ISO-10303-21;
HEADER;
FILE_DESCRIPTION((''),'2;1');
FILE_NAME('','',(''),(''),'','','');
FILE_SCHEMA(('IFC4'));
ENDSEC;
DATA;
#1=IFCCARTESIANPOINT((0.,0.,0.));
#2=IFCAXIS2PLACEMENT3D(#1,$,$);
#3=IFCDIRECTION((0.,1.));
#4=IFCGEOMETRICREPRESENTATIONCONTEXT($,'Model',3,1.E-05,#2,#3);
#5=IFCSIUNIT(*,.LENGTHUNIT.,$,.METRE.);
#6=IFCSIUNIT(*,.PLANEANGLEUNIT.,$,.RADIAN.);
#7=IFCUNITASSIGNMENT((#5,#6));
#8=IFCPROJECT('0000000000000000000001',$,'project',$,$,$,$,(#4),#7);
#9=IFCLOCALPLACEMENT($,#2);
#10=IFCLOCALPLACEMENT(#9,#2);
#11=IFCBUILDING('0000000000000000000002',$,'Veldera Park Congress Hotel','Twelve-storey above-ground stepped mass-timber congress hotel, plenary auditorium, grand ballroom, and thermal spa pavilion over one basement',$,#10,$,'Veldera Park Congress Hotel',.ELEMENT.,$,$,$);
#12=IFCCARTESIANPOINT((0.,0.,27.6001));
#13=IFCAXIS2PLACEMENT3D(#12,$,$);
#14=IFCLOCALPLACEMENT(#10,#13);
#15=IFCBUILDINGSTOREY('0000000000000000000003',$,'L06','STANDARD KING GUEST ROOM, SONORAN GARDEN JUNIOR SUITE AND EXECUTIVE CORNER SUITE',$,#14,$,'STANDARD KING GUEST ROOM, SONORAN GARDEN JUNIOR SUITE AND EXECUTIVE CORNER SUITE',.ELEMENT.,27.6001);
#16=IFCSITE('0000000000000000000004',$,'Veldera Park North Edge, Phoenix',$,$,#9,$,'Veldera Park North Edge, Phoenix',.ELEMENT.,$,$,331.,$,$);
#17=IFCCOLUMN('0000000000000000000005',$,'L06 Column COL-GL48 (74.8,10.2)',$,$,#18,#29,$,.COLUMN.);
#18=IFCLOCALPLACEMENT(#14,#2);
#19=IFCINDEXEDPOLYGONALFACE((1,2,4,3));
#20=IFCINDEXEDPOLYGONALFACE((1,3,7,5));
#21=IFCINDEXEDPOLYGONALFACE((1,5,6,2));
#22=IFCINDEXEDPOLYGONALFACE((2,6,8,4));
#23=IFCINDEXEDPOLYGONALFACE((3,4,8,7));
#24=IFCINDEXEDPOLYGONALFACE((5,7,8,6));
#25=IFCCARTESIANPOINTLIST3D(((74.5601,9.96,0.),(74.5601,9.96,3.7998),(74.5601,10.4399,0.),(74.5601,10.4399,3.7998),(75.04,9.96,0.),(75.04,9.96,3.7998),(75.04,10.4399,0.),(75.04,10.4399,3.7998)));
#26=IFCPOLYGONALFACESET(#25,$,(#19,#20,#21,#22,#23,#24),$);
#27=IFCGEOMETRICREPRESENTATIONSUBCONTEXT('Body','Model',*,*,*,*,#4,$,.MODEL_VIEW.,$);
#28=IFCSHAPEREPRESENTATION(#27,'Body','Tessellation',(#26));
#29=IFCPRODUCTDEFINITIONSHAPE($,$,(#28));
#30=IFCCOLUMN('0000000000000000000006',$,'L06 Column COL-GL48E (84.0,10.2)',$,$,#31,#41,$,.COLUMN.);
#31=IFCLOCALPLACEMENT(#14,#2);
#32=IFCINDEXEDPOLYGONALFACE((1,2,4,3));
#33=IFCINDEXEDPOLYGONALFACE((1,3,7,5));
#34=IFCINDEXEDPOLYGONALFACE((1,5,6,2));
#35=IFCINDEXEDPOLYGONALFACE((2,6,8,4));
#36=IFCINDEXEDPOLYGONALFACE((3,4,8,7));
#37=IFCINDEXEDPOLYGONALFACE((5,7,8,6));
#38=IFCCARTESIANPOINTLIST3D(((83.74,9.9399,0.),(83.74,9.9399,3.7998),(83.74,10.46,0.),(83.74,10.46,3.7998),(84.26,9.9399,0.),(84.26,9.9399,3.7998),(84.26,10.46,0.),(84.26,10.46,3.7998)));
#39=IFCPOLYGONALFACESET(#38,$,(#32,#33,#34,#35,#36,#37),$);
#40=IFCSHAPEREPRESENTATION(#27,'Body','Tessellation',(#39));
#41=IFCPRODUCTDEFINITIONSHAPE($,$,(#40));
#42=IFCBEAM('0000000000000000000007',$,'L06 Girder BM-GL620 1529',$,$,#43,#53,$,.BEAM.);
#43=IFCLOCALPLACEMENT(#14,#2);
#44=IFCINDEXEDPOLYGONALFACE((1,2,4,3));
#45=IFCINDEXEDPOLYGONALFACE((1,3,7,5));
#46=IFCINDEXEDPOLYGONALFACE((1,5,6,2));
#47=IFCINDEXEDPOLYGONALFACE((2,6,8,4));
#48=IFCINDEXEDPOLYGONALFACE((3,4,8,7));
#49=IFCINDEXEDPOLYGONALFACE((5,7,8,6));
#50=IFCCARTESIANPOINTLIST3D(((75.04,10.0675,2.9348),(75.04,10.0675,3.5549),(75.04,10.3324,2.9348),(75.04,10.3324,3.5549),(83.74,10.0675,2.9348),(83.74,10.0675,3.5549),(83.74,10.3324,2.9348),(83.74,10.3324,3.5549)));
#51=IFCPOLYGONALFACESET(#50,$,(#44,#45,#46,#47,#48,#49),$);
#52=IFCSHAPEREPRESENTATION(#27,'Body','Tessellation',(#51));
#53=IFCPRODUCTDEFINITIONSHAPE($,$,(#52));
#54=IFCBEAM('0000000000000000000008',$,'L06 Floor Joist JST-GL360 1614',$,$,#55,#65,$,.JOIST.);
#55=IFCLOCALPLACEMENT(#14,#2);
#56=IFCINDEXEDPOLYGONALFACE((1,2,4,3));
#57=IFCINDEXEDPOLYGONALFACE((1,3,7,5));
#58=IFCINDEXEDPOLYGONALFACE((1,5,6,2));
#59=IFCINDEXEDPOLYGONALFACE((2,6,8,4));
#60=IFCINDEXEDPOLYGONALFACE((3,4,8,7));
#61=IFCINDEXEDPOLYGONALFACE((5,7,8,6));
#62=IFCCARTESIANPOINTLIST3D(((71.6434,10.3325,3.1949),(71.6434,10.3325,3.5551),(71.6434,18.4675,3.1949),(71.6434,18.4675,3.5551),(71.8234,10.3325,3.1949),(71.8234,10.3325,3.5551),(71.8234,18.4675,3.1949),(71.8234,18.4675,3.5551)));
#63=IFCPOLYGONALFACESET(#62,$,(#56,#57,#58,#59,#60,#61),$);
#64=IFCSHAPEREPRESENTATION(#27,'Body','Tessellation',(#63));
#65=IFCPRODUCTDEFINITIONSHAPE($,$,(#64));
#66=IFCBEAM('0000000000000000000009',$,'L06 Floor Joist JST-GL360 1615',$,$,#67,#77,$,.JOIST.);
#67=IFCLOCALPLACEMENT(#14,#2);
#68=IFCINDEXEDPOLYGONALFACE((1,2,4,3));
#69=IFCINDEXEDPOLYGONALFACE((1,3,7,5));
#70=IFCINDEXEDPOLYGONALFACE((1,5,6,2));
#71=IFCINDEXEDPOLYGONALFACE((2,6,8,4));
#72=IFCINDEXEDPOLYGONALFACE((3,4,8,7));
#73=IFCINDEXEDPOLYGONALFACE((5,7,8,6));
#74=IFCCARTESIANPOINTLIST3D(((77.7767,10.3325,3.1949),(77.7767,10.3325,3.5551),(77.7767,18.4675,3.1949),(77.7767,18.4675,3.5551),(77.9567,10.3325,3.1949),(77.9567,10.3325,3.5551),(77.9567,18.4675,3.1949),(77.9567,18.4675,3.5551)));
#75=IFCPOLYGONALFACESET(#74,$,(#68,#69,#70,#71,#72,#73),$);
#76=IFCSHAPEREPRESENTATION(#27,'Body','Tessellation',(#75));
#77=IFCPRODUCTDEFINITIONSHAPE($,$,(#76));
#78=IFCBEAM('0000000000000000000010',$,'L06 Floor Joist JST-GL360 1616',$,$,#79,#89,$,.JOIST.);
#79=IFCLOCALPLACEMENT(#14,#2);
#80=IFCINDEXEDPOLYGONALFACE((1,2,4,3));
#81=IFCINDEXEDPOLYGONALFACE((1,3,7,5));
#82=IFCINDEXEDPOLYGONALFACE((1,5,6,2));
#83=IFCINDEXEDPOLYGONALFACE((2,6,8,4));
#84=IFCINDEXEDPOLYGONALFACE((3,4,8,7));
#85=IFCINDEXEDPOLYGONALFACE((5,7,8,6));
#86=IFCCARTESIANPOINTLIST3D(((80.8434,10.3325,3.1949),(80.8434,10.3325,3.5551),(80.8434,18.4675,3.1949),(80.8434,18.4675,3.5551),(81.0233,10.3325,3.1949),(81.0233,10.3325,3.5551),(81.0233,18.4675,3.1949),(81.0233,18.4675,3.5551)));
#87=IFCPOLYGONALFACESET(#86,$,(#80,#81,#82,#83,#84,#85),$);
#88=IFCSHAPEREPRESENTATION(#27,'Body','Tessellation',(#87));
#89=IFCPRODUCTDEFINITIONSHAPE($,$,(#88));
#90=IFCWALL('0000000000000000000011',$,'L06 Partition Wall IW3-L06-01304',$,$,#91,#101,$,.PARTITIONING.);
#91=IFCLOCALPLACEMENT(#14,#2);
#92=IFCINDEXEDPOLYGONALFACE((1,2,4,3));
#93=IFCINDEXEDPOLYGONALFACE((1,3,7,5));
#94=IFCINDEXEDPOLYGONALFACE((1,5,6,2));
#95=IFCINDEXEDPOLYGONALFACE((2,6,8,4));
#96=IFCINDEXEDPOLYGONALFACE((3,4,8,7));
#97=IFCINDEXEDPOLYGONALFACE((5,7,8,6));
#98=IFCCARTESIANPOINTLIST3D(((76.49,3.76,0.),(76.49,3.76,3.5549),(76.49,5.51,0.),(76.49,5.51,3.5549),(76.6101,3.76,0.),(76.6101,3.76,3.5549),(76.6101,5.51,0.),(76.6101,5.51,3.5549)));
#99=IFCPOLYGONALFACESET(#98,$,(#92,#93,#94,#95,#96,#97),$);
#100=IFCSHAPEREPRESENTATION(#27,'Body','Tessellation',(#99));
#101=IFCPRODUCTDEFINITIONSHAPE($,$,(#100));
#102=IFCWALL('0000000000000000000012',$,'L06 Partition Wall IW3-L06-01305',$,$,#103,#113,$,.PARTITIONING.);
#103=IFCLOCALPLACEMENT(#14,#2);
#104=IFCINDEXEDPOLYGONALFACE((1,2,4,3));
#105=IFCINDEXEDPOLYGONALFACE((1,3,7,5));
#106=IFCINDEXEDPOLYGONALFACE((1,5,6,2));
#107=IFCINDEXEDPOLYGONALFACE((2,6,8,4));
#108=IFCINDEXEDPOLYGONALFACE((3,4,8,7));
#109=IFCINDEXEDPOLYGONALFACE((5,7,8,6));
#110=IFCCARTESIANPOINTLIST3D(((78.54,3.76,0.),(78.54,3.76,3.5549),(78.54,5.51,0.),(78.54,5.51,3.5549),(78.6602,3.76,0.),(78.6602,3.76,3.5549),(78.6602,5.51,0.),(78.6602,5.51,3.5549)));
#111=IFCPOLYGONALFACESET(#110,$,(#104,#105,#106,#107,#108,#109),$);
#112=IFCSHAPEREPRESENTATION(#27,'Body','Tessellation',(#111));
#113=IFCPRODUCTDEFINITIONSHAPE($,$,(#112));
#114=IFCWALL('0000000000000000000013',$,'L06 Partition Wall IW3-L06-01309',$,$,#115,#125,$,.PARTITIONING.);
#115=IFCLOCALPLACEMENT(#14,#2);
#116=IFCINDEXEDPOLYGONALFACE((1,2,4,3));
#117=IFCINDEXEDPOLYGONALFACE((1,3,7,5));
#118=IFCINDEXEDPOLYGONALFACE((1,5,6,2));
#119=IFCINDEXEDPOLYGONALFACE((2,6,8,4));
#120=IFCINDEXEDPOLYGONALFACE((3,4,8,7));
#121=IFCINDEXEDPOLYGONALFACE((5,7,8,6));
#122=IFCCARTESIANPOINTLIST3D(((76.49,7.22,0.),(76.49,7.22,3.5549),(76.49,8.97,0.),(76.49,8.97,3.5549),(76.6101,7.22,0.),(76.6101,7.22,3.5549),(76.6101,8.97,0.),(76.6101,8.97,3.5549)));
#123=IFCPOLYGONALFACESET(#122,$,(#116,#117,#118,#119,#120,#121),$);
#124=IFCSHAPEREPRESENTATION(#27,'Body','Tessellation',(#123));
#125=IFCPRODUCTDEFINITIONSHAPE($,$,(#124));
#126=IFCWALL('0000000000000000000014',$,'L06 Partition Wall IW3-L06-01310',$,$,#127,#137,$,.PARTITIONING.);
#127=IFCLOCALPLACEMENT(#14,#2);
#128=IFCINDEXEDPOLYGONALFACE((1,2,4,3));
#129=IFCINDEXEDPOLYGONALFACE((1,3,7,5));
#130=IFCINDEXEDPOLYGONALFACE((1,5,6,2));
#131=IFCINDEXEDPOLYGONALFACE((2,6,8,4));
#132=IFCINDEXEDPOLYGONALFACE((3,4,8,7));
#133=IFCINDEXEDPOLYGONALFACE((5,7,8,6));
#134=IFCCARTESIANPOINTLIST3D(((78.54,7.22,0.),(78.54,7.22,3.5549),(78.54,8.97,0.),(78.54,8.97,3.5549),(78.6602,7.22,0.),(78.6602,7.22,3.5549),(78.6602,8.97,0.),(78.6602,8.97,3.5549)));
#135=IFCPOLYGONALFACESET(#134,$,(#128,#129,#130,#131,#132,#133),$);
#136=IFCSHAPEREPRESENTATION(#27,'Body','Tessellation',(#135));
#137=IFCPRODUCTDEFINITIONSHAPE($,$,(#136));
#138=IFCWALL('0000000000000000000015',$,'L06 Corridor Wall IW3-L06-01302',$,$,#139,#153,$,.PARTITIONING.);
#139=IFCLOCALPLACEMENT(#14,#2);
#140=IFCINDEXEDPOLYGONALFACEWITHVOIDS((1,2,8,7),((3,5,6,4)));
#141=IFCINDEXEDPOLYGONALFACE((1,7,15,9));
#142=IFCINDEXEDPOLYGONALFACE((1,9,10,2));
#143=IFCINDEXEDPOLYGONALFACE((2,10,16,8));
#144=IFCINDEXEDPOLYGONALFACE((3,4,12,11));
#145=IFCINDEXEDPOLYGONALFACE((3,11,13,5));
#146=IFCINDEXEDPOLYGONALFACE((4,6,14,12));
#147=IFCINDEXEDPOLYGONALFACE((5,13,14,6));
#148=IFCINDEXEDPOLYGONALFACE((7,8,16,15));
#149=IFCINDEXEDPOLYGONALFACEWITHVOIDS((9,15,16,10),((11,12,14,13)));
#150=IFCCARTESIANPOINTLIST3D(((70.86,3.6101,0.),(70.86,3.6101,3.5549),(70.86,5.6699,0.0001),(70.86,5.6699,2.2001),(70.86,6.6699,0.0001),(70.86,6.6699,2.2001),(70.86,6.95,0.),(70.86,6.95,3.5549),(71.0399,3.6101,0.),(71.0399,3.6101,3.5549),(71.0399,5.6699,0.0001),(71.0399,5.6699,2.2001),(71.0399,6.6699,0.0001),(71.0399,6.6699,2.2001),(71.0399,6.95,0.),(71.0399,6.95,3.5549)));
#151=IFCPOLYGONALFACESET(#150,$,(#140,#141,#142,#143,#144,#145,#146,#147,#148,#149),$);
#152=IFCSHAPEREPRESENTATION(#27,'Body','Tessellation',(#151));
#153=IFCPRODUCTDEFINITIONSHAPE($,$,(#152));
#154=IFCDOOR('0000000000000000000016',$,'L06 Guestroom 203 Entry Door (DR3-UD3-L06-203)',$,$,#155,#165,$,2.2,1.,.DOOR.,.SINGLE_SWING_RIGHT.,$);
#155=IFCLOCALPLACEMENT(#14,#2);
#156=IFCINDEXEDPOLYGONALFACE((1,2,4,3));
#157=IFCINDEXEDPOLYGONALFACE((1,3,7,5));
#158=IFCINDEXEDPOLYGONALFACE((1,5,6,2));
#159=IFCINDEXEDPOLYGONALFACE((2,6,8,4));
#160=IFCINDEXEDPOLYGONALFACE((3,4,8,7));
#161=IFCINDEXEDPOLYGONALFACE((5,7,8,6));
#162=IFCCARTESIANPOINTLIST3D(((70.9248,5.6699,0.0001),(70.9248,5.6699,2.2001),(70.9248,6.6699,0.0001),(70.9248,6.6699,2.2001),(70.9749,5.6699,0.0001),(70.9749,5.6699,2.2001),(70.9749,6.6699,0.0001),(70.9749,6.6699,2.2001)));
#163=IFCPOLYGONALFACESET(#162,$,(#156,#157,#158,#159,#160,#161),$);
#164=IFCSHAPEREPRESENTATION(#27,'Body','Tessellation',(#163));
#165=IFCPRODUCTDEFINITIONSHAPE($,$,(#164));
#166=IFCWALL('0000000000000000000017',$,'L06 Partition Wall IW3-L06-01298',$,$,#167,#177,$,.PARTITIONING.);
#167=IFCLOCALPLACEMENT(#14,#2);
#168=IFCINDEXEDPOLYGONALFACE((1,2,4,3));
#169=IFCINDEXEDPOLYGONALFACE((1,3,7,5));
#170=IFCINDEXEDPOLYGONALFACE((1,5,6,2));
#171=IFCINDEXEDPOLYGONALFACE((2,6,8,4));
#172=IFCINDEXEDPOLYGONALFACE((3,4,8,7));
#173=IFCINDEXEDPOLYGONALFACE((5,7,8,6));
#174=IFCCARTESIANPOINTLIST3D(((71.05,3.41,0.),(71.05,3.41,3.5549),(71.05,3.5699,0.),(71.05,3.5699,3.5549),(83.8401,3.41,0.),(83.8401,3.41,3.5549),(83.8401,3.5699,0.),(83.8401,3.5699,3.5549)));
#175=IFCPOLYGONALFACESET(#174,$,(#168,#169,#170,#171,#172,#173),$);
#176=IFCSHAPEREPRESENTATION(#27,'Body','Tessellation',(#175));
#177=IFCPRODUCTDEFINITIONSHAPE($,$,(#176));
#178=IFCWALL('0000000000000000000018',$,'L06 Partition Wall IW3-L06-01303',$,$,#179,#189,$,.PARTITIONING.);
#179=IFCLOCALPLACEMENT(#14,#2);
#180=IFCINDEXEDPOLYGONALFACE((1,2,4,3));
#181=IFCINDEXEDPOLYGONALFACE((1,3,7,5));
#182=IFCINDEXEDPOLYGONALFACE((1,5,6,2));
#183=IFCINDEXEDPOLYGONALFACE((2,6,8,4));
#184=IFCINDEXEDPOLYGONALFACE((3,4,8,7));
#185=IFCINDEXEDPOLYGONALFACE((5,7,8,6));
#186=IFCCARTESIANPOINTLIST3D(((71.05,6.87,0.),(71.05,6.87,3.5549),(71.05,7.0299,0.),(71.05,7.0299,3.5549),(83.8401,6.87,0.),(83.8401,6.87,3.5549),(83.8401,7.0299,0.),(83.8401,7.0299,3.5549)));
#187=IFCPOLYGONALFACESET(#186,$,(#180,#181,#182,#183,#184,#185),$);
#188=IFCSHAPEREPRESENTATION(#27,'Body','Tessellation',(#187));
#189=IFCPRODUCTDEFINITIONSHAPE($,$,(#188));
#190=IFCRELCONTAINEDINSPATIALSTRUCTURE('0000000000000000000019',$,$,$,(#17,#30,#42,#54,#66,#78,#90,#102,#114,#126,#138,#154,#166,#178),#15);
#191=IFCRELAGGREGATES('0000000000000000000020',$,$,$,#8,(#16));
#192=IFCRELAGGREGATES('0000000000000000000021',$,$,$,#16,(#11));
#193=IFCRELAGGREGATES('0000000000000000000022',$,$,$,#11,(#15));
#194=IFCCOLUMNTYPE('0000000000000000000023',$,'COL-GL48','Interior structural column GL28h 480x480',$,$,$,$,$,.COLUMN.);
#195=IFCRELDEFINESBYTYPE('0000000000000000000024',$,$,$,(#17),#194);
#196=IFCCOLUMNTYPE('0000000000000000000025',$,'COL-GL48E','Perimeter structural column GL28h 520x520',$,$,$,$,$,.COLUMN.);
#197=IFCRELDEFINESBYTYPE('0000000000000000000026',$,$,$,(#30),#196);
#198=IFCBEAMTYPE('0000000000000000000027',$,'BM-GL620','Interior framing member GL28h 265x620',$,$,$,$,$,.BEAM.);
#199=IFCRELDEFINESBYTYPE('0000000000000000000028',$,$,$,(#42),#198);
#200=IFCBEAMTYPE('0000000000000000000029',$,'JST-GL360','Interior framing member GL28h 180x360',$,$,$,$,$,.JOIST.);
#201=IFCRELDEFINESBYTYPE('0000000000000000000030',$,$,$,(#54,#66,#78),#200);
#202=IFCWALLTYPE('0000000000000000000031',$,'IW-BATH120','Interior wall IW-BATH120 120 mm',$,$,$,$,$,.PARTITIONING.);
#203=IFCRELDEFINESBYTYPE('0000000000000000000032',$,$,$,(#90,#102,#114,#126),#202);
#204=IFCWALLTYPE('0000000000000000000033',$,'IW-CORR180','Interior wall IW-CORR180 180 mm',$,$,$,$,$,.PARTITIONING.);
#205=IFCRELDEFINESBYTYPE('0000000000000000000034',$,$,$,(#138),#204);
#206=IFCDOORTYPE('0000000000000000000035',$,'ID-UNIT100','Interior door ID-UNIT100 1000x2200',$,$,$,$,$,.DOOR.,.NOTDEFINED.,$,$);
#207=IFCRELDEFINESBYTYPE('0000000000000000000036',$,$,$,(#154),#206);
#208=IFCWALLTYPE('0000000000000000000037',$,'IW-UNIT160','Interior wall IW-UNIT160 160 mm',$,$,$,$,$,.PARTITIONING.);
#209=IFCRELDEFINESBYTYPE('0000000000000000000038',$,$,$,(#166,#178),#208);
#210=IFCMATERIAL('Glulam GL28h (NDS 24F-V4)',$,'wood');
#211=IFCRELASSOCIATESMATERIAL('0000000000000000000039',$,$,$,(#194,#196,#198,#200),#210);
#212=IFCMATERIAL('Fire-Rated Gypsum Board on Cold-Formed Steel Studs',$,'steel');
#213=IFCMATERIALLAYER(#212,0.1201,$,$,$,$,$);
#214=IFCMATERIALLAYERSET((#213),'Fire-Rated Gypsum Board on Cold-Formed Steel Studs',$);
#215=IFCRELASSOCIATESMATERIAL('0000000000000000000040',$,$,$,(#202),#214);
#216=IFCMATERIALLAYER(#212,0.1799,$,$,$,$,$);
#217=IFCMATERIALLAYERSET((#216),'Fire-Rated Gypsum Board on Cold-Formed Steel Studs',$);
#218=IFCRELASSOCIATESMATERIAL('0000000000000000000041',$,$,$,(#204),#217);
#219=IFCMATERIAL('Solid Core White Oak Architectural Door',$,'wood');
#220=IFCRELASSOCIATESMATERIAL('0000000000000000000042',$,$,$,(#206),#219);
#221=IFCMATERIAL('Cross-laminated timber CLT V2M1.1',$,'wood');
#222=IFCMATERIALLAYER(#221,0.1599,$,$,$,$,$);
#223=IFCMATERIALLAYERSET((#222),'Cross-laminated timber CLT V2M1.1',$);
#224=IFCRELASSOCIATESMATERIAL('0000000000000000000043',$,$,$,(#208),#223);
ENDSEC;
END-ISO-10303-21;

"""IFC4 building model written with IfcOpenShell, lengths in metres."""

from ifc_helpers import new_model, si_unit, direction, frame, frame_2d, origin, origin_2d, place, context, subcontext, project, spatial, rectangle, extrude, material, layer, layer_set, material_profile, profile_set, type_object, element, fill, save


model = new_model("IFC4")

# Units and contexts
model_context = context("Model", 3, precision=1e-05, world=origin(), true_north=direction((0.0, 1.0)))
body_context = subcontext(model_context, "Body", "Model", "MODEL_VIEW")
ifc_project = project(units=[si_unit("LENGTHUNIT", "METRE"), si_unit("PLANEANGLEUNIT", "RADIAN")], contexts=[model_context])

# Site, building, storey
site_placement = place(None, origin())
site = spatial("IfcSite", under=ifc_project, at=site_placement, Name="Veldera Park North Edge, Phoenix", LongName="Veldera Park North Edge, Phoenix", CompositionType="ELEMENT", RefElevation=331.0)
building_placement = place(site_placement, origin())
building = spatial("IfcBuilding", under=site, at=building_placement, Name="Veldera Park Congress Hotel", Description="Twelve-storey above-ground stepped mass-timber congress hotel, plenary auditorium, grand ballroom, and thermal spa pavilion over one basement", LongName="Veldera Park Congress Hotel", CompositionType="ELEMENT")
storey_placement = place(building_placement, frame((0.0, 0.0, 27.6001)))
storey = spatial("IfcBuildingStorey", under=building, at=storey_placement, Name="L06", Description="STANDARD KING GUEST ROOM, SONORAN GARDEN JUNIOR SUITE AND EXECUTIVE CORNER SUITE", LongName="STANDARD KING GUEST ROOM, SONORAN GARDEN JUNIOR SUITE AND EXECUTIVE CORNER SUITE", CompositionType="ELEMENT", Elevation=27.6001)

# Columns
ifc_material_1 = material(Name="Glulam GL28h (NDS 24F-V4)", Category="wood")
ifc_material_profile_1 = material_profile(ifc_material_1, rectangle(XDim=0.48, YDim=0.48, at=origin_2d()), Name="GL28h 480x480")
ifc_profile_set_1 = profile_set([ifc_material_profile_1], Name="Glulam GL28h (NDS 24F-V4)")
column_type_1 = type_object("IfcColumnType", Name="COL-GL48", Description="Interior structural column GL28h 480x480", PredefinedType="COLUMN", material=ifc_profile_set_1)
column_1_placement = place(storey_placement, frame((74.8, 10.2, 0.0), z_axis=(0.0, 0.0, 1.0), x_axis=(1.0, 0.0, 0.0)))
element("IfcColumn", 1, at=column_1_placement, inside=storey, type_object=column_type_1, Name="L06 Column COL-GL48 (74.8,10.2)", PredefinedType="COLUMN", context=body_context, shape_type="SweptSolid", body=[
    extrude(rectangle(XDim=0.48, YDim=0.48, at=origin_2d()), origin(), (0.0, 0.0, 1.0), 3.7998),
])
ifc_material_profile_2 = material_profile(ifc_material_1, rectangle(XDim=0.52, YDim=0.52, at=origin_2d()), Name="GL28h 520x520")
ifc_profile_set_2 = profile_set([ifc_material_profile_2], Name="Glulam GL28h (NDS 24F-V4)")
column_type_2 = type_object("IfcColumnType", Name="COL-GL48E", Description="Perimeter structural column GL28h 520x520", PredefinedType="COLUMN", material=ifc_profile_set_2)
column_2_placement = place(storey_placement, frame((84.0, 10.2, 0.0), z_axis=(0.0, 0.0, 1.0), x_axis=(1.0, 0.0, 0.0)))
element("IfcColumn", 2, at=column_2_placement, inside=storey, type_object=column_type_2, Name="L06 Column COL-GL48E (84.0,10.2)", PredefinedType="COLUMN", context=body_context, shape_type="SweptSolid", body=[
    extrude(rectangle(XDim=0.52, YDim=0.52, at=origin_2d()), origin(), (0.0, 0.0, 1.0), 3.7998),
])

# Beams
ifc_material_profile_3 = material_profile(ifc_material_1, rectangle(XDim=0.2649, YDim=0.6201, at=origin_2d()), Name="GL28h 265x620")
ifc_profile_set_3 = profile_set([ifc_material_profile_3], Name="Glulam GL28h (NDS 24F-V4)")
beam_type_1 = type_object("IfcBeamType", Name="BM-GL620", Description="Interior framing member GL28h 265x620", PredefinedType="BEAM", material=ifc_profile_set_3)
beam_placement = place(storey_placement, frame((75.04, 10.2, 3.2449), z_axis=(1.0, 0.0, 0.0), x_axis=(0.0, 1.0, 0.0)))
element("IfcBeam", 3, at=beam_placement, inside=storey, type_object=beam_type_1, Name="L06 Girder BM-GL620 1529", PredefinedType="BEAM", context=body_context, shape_type="SweptSolid", body=[
    extrude(rectangle(XDim=0.2649, YDim=0.6201, at=origin_2d()), origin(), (0.0, 0.0, 1.0), 8.7),
])
ifc_material_profile_4 = material_profile(ifc_material_1, rectangle(XDim=0.1799, YDim=0.3601, at=origin_2d()), Name="GL28h 180x360")
ifc_profile_set_4 = profile_set([ifc_material_profile_4], Name="Glulam GL28h (NDS 24F-V4)")
beam_type_2 = type_object("IfcBeamType", Name="JST-GL360", Description="Interior framing member GL28h 180x360", PredefinedType="JOIST", material=ifc_profile_set_4)
for number, where, z_axis, x_axis, name in (
    (4, (71.7334, 10.3325, 3.375), (0.0, 1.0, 0.0), (-1.0, 0.0, 0.0), "L06 Floor Joist JST-GL360 1614"),
    (5, (77.8667, 10.3325, 3.375), (0.0, 1.0, 0.0), (-1.0, 0.0, 0.0), "L06 Floor Joist JST-GL360 1615"),
    (6, (80.9333, 10.3325, 3.375), (0.0, 1.0, 0.0), (-1.0, 0.0, 0.0), "L06 Floor Joist JST-GL360 1616"),
):
    element("IfcBeam", number, at=place(storey_placement, frame(where, z_axis=z_axis, x_axis=x_axis)), inside=storey, type_object=beam_type_2, Name=name, PredefinedType="JOIST", context=body_context, shape_type="SweptSolid", body=[
        extrude(rectangle(XDim=0.1799, YDim=0.3601, at=origin_2d()), origin(), (0.0, 0.0, 1.0), 8.135),
    ])

# Walls
ifc_material_2 = material(Name="Fire-Rated Gypsum Board on Cold-Formed Steel Studs", Category="steel")
ifc_layer_1 = layer(ifc_material_2, 0.1201)
ifc_layer_set_1 = layer_set([ifc_layer_1], Name="Fire-Rated Gypsum Board on Cold-Formed Steel Studs")
wall_type_1 = type_object("IfcWallType", Name="IW-BATH120", Description="Interior wall IW-BATH120 120 mm", PredefinedType="PARTITIONING", material=ifc_layer_set_1)
for number, where, z_axis, x_axis, name in (
    (7, (76.55, 3.76, 0.0), (0.0, 0.0, 1.0), (0.0, 1.0, 0.0), "L06 Partition Wall IW3-L06-01304"),
    (8, (78.6001, 3.76, 0.0), (0.0, 0.0, 1.0), (0.0, 1.0, 0.0), "L06 Partition Wall IW3-L06-01305"),
):
    element("IfcWall", number, at=place(storey_placement, frame(where, z_axis=z_axis, x_axis=x_axis)), inside=storey, type_object=wall_type_1, Name=name, PredefinedType="PARTITIONING", context=body_context, shape_type="SweptSolid", body=[
        extrude(rectangle(XDim=1.75, YDim=0.1201, at=frame_2d((0.875, 0.0))), origin(), (0.0, 0.0, 1.0), 3.5549),
    ])

# Shared definitions
ifc_material_3 = material(Name="Solid Core White Oak Architectural Door", Category="wood")

# Walls
for number, where, z_axis, x_axis, name in (
    (9, (76.55, 7.22, 0.0), (0.0, 0.0, 1.0), (0.0, 1.0, 0.0), "L06 Partition Wall IW3-L06-01309"),
    (10, (78.6001, 7.22, 0.0), (0.0, 0.0, 1.0), (0.0, 1.0, 0.0), "L06 Partition Wall IW3-L06-01310"),
):
    element("IfcWall", number, at=place(storey_placement, frame(where, z_axis=z_axis, x_axis=x_axis)), inside=storey, type_object=wall_type_1, Name=name, PredefinedType="PARTITIONING", context=body_context, shape_type="SweptSolid", body=[
        extrude(rectangle(XDim=1.75, YDim=0.1201, at=frame_2d((0.875, 0.0))), origin(), (0.0, 0.0, 1.0), 3.5549),
    ])

# Wall, opening, door
ifc_layer_2 = layer(ifc_material_2, 0.1799)
ifc_layer_set_2 = layer_set([ifc_layer_2], Name="Fire-Rated Gypsum Board on Cold-Formed Steel Studs")
wall_type_2 = type_object("IfcWallType", Name="IW-CORR180", Description="Interior wall IW-CORR180 180 mm", PredefinedType="PARTITIONING", material=ifc_layer_set_2)
wall_1_placement = place(storey_placement, frame((70.95, 6.95, 0.0), z_axis=(0.0, 0.0, 1.0), x_axis=(0.0, -1.0, 0.0)))
wall_1 = element("IfcWall", 11, at=wall_1_placement, inside=storey, type_object=wall_type_2, Name="L06 Corridor Wall IW3-L06-01302", PredefinedType="PARTITIONING", context=body_context, shape_type="SweptSolid", body=[
    extrude(rectangle(XDim=3.3398, YDim=0.1799, at=frame_2d((1.6699, 0.0))), origin(), (0.0, 0.0, 1.0), 3.5549),
])
opening_1_placement = place(wall_1_placement, frame((0.28, 0.0, 0.0)))
opening_1 = element("IfcOpeningElement", 12, at=opening_1_placement, cuts=wall_1, PredefinedType="OPENING", context=body_context, shape_type="SweptSolid", body=[
    extrude(rectangle(XDim=1.0, YDim=2.2, at=frame_2d((0.5, 1.1001))), frame((0.0, 0.1021, 0.0), z_axis=(0.0, -1.0, 0.0), x_axis=(1.0, 0.0, 0.0)), (0.0, 0.0, 1.0), 0.2039),
])
door_type_1 = type_object("IfcDoorType", Name="ID-UNIT100", Description="Interior door ID-UNIT100 1000x2200", OperationType="NOTDEFINED", PredefinedType="DOOR", material=ifc_material_3)
door_1_placement = place(opening_1_placement, origin())
door_1 = element("IfcDoor", 13, at=door_1_placement, inside=storey, type_object=door_type_1, Name="L06 Guestroom 203 Entry Door (DR3-UD3-L06-203)", OperationType="SINGLE_SWING_RIGHT", OverallHeight=2.2, OverallWidth=1.0, PredefinedType="DOOR", context=body_context, shape_type="SweptSolid", body=[
    extrude(rectangle(XDim=1.0, YDim=2.2, at=frame_2d((0.5, 1.1001))), frame((0.0, 0.0249, 0.0), z_axis=(0.0, -1.0, 0.0), x_axis=(1.0, 0.0, 0.0)), (0.0, 0.0, 1.0), 0.05),
])
fill(opening_1, door_1)

# Walls
ifc_material_4 = material(Name="Cross-laminated timber CLT V2M1.1", Category="wood")
ifc_layer_3 = layer(ifc_material_4, 0.1599)
ifc_layer_set_3 = layer_set([ifc_layer_3], Name="Cross-laminated timber CLT V2M1.1")
wall_type_3 = type_object("IfcWallType", Name="IW-UNIT160", Description="Interior wall IW-UNIT160 160 mm", PredefinedType="PARTITIONING", material=ifc_layer_set_3)
for number, where, z_axis, x_axis, name in (
    (14, (71.05, 3.49, 0.0), (0.0, 0.0, 1.0), (1.0, 0.0, 0.0), "L06 Partition Wall IW3-L06-01298"),
    (15, (71.05, 6.95, 0.0), (0.0, 0.0, 1.0), (1.0, 0.0, 0.0), "L06 Partition Wall IW3-L06-01303"),
):
    element("IfcWall", number, at=place(storey_placement, frame(where, z_axis=z_axis, x_axis=x_axis)), inside=storey, type_object=wall_type_3, Name=name, PredefinedType="PARTITIONING", context=body_context, shape_type="SweptSolid", body=[
        extrude(rectangle(XDim=12.79, YDim=0.1599, at=frame_2d((6.395, 0.0))), origin(), (0.0, 0.0, 1.0), 3.5549),
    ])

save(model, "model.ifc")
